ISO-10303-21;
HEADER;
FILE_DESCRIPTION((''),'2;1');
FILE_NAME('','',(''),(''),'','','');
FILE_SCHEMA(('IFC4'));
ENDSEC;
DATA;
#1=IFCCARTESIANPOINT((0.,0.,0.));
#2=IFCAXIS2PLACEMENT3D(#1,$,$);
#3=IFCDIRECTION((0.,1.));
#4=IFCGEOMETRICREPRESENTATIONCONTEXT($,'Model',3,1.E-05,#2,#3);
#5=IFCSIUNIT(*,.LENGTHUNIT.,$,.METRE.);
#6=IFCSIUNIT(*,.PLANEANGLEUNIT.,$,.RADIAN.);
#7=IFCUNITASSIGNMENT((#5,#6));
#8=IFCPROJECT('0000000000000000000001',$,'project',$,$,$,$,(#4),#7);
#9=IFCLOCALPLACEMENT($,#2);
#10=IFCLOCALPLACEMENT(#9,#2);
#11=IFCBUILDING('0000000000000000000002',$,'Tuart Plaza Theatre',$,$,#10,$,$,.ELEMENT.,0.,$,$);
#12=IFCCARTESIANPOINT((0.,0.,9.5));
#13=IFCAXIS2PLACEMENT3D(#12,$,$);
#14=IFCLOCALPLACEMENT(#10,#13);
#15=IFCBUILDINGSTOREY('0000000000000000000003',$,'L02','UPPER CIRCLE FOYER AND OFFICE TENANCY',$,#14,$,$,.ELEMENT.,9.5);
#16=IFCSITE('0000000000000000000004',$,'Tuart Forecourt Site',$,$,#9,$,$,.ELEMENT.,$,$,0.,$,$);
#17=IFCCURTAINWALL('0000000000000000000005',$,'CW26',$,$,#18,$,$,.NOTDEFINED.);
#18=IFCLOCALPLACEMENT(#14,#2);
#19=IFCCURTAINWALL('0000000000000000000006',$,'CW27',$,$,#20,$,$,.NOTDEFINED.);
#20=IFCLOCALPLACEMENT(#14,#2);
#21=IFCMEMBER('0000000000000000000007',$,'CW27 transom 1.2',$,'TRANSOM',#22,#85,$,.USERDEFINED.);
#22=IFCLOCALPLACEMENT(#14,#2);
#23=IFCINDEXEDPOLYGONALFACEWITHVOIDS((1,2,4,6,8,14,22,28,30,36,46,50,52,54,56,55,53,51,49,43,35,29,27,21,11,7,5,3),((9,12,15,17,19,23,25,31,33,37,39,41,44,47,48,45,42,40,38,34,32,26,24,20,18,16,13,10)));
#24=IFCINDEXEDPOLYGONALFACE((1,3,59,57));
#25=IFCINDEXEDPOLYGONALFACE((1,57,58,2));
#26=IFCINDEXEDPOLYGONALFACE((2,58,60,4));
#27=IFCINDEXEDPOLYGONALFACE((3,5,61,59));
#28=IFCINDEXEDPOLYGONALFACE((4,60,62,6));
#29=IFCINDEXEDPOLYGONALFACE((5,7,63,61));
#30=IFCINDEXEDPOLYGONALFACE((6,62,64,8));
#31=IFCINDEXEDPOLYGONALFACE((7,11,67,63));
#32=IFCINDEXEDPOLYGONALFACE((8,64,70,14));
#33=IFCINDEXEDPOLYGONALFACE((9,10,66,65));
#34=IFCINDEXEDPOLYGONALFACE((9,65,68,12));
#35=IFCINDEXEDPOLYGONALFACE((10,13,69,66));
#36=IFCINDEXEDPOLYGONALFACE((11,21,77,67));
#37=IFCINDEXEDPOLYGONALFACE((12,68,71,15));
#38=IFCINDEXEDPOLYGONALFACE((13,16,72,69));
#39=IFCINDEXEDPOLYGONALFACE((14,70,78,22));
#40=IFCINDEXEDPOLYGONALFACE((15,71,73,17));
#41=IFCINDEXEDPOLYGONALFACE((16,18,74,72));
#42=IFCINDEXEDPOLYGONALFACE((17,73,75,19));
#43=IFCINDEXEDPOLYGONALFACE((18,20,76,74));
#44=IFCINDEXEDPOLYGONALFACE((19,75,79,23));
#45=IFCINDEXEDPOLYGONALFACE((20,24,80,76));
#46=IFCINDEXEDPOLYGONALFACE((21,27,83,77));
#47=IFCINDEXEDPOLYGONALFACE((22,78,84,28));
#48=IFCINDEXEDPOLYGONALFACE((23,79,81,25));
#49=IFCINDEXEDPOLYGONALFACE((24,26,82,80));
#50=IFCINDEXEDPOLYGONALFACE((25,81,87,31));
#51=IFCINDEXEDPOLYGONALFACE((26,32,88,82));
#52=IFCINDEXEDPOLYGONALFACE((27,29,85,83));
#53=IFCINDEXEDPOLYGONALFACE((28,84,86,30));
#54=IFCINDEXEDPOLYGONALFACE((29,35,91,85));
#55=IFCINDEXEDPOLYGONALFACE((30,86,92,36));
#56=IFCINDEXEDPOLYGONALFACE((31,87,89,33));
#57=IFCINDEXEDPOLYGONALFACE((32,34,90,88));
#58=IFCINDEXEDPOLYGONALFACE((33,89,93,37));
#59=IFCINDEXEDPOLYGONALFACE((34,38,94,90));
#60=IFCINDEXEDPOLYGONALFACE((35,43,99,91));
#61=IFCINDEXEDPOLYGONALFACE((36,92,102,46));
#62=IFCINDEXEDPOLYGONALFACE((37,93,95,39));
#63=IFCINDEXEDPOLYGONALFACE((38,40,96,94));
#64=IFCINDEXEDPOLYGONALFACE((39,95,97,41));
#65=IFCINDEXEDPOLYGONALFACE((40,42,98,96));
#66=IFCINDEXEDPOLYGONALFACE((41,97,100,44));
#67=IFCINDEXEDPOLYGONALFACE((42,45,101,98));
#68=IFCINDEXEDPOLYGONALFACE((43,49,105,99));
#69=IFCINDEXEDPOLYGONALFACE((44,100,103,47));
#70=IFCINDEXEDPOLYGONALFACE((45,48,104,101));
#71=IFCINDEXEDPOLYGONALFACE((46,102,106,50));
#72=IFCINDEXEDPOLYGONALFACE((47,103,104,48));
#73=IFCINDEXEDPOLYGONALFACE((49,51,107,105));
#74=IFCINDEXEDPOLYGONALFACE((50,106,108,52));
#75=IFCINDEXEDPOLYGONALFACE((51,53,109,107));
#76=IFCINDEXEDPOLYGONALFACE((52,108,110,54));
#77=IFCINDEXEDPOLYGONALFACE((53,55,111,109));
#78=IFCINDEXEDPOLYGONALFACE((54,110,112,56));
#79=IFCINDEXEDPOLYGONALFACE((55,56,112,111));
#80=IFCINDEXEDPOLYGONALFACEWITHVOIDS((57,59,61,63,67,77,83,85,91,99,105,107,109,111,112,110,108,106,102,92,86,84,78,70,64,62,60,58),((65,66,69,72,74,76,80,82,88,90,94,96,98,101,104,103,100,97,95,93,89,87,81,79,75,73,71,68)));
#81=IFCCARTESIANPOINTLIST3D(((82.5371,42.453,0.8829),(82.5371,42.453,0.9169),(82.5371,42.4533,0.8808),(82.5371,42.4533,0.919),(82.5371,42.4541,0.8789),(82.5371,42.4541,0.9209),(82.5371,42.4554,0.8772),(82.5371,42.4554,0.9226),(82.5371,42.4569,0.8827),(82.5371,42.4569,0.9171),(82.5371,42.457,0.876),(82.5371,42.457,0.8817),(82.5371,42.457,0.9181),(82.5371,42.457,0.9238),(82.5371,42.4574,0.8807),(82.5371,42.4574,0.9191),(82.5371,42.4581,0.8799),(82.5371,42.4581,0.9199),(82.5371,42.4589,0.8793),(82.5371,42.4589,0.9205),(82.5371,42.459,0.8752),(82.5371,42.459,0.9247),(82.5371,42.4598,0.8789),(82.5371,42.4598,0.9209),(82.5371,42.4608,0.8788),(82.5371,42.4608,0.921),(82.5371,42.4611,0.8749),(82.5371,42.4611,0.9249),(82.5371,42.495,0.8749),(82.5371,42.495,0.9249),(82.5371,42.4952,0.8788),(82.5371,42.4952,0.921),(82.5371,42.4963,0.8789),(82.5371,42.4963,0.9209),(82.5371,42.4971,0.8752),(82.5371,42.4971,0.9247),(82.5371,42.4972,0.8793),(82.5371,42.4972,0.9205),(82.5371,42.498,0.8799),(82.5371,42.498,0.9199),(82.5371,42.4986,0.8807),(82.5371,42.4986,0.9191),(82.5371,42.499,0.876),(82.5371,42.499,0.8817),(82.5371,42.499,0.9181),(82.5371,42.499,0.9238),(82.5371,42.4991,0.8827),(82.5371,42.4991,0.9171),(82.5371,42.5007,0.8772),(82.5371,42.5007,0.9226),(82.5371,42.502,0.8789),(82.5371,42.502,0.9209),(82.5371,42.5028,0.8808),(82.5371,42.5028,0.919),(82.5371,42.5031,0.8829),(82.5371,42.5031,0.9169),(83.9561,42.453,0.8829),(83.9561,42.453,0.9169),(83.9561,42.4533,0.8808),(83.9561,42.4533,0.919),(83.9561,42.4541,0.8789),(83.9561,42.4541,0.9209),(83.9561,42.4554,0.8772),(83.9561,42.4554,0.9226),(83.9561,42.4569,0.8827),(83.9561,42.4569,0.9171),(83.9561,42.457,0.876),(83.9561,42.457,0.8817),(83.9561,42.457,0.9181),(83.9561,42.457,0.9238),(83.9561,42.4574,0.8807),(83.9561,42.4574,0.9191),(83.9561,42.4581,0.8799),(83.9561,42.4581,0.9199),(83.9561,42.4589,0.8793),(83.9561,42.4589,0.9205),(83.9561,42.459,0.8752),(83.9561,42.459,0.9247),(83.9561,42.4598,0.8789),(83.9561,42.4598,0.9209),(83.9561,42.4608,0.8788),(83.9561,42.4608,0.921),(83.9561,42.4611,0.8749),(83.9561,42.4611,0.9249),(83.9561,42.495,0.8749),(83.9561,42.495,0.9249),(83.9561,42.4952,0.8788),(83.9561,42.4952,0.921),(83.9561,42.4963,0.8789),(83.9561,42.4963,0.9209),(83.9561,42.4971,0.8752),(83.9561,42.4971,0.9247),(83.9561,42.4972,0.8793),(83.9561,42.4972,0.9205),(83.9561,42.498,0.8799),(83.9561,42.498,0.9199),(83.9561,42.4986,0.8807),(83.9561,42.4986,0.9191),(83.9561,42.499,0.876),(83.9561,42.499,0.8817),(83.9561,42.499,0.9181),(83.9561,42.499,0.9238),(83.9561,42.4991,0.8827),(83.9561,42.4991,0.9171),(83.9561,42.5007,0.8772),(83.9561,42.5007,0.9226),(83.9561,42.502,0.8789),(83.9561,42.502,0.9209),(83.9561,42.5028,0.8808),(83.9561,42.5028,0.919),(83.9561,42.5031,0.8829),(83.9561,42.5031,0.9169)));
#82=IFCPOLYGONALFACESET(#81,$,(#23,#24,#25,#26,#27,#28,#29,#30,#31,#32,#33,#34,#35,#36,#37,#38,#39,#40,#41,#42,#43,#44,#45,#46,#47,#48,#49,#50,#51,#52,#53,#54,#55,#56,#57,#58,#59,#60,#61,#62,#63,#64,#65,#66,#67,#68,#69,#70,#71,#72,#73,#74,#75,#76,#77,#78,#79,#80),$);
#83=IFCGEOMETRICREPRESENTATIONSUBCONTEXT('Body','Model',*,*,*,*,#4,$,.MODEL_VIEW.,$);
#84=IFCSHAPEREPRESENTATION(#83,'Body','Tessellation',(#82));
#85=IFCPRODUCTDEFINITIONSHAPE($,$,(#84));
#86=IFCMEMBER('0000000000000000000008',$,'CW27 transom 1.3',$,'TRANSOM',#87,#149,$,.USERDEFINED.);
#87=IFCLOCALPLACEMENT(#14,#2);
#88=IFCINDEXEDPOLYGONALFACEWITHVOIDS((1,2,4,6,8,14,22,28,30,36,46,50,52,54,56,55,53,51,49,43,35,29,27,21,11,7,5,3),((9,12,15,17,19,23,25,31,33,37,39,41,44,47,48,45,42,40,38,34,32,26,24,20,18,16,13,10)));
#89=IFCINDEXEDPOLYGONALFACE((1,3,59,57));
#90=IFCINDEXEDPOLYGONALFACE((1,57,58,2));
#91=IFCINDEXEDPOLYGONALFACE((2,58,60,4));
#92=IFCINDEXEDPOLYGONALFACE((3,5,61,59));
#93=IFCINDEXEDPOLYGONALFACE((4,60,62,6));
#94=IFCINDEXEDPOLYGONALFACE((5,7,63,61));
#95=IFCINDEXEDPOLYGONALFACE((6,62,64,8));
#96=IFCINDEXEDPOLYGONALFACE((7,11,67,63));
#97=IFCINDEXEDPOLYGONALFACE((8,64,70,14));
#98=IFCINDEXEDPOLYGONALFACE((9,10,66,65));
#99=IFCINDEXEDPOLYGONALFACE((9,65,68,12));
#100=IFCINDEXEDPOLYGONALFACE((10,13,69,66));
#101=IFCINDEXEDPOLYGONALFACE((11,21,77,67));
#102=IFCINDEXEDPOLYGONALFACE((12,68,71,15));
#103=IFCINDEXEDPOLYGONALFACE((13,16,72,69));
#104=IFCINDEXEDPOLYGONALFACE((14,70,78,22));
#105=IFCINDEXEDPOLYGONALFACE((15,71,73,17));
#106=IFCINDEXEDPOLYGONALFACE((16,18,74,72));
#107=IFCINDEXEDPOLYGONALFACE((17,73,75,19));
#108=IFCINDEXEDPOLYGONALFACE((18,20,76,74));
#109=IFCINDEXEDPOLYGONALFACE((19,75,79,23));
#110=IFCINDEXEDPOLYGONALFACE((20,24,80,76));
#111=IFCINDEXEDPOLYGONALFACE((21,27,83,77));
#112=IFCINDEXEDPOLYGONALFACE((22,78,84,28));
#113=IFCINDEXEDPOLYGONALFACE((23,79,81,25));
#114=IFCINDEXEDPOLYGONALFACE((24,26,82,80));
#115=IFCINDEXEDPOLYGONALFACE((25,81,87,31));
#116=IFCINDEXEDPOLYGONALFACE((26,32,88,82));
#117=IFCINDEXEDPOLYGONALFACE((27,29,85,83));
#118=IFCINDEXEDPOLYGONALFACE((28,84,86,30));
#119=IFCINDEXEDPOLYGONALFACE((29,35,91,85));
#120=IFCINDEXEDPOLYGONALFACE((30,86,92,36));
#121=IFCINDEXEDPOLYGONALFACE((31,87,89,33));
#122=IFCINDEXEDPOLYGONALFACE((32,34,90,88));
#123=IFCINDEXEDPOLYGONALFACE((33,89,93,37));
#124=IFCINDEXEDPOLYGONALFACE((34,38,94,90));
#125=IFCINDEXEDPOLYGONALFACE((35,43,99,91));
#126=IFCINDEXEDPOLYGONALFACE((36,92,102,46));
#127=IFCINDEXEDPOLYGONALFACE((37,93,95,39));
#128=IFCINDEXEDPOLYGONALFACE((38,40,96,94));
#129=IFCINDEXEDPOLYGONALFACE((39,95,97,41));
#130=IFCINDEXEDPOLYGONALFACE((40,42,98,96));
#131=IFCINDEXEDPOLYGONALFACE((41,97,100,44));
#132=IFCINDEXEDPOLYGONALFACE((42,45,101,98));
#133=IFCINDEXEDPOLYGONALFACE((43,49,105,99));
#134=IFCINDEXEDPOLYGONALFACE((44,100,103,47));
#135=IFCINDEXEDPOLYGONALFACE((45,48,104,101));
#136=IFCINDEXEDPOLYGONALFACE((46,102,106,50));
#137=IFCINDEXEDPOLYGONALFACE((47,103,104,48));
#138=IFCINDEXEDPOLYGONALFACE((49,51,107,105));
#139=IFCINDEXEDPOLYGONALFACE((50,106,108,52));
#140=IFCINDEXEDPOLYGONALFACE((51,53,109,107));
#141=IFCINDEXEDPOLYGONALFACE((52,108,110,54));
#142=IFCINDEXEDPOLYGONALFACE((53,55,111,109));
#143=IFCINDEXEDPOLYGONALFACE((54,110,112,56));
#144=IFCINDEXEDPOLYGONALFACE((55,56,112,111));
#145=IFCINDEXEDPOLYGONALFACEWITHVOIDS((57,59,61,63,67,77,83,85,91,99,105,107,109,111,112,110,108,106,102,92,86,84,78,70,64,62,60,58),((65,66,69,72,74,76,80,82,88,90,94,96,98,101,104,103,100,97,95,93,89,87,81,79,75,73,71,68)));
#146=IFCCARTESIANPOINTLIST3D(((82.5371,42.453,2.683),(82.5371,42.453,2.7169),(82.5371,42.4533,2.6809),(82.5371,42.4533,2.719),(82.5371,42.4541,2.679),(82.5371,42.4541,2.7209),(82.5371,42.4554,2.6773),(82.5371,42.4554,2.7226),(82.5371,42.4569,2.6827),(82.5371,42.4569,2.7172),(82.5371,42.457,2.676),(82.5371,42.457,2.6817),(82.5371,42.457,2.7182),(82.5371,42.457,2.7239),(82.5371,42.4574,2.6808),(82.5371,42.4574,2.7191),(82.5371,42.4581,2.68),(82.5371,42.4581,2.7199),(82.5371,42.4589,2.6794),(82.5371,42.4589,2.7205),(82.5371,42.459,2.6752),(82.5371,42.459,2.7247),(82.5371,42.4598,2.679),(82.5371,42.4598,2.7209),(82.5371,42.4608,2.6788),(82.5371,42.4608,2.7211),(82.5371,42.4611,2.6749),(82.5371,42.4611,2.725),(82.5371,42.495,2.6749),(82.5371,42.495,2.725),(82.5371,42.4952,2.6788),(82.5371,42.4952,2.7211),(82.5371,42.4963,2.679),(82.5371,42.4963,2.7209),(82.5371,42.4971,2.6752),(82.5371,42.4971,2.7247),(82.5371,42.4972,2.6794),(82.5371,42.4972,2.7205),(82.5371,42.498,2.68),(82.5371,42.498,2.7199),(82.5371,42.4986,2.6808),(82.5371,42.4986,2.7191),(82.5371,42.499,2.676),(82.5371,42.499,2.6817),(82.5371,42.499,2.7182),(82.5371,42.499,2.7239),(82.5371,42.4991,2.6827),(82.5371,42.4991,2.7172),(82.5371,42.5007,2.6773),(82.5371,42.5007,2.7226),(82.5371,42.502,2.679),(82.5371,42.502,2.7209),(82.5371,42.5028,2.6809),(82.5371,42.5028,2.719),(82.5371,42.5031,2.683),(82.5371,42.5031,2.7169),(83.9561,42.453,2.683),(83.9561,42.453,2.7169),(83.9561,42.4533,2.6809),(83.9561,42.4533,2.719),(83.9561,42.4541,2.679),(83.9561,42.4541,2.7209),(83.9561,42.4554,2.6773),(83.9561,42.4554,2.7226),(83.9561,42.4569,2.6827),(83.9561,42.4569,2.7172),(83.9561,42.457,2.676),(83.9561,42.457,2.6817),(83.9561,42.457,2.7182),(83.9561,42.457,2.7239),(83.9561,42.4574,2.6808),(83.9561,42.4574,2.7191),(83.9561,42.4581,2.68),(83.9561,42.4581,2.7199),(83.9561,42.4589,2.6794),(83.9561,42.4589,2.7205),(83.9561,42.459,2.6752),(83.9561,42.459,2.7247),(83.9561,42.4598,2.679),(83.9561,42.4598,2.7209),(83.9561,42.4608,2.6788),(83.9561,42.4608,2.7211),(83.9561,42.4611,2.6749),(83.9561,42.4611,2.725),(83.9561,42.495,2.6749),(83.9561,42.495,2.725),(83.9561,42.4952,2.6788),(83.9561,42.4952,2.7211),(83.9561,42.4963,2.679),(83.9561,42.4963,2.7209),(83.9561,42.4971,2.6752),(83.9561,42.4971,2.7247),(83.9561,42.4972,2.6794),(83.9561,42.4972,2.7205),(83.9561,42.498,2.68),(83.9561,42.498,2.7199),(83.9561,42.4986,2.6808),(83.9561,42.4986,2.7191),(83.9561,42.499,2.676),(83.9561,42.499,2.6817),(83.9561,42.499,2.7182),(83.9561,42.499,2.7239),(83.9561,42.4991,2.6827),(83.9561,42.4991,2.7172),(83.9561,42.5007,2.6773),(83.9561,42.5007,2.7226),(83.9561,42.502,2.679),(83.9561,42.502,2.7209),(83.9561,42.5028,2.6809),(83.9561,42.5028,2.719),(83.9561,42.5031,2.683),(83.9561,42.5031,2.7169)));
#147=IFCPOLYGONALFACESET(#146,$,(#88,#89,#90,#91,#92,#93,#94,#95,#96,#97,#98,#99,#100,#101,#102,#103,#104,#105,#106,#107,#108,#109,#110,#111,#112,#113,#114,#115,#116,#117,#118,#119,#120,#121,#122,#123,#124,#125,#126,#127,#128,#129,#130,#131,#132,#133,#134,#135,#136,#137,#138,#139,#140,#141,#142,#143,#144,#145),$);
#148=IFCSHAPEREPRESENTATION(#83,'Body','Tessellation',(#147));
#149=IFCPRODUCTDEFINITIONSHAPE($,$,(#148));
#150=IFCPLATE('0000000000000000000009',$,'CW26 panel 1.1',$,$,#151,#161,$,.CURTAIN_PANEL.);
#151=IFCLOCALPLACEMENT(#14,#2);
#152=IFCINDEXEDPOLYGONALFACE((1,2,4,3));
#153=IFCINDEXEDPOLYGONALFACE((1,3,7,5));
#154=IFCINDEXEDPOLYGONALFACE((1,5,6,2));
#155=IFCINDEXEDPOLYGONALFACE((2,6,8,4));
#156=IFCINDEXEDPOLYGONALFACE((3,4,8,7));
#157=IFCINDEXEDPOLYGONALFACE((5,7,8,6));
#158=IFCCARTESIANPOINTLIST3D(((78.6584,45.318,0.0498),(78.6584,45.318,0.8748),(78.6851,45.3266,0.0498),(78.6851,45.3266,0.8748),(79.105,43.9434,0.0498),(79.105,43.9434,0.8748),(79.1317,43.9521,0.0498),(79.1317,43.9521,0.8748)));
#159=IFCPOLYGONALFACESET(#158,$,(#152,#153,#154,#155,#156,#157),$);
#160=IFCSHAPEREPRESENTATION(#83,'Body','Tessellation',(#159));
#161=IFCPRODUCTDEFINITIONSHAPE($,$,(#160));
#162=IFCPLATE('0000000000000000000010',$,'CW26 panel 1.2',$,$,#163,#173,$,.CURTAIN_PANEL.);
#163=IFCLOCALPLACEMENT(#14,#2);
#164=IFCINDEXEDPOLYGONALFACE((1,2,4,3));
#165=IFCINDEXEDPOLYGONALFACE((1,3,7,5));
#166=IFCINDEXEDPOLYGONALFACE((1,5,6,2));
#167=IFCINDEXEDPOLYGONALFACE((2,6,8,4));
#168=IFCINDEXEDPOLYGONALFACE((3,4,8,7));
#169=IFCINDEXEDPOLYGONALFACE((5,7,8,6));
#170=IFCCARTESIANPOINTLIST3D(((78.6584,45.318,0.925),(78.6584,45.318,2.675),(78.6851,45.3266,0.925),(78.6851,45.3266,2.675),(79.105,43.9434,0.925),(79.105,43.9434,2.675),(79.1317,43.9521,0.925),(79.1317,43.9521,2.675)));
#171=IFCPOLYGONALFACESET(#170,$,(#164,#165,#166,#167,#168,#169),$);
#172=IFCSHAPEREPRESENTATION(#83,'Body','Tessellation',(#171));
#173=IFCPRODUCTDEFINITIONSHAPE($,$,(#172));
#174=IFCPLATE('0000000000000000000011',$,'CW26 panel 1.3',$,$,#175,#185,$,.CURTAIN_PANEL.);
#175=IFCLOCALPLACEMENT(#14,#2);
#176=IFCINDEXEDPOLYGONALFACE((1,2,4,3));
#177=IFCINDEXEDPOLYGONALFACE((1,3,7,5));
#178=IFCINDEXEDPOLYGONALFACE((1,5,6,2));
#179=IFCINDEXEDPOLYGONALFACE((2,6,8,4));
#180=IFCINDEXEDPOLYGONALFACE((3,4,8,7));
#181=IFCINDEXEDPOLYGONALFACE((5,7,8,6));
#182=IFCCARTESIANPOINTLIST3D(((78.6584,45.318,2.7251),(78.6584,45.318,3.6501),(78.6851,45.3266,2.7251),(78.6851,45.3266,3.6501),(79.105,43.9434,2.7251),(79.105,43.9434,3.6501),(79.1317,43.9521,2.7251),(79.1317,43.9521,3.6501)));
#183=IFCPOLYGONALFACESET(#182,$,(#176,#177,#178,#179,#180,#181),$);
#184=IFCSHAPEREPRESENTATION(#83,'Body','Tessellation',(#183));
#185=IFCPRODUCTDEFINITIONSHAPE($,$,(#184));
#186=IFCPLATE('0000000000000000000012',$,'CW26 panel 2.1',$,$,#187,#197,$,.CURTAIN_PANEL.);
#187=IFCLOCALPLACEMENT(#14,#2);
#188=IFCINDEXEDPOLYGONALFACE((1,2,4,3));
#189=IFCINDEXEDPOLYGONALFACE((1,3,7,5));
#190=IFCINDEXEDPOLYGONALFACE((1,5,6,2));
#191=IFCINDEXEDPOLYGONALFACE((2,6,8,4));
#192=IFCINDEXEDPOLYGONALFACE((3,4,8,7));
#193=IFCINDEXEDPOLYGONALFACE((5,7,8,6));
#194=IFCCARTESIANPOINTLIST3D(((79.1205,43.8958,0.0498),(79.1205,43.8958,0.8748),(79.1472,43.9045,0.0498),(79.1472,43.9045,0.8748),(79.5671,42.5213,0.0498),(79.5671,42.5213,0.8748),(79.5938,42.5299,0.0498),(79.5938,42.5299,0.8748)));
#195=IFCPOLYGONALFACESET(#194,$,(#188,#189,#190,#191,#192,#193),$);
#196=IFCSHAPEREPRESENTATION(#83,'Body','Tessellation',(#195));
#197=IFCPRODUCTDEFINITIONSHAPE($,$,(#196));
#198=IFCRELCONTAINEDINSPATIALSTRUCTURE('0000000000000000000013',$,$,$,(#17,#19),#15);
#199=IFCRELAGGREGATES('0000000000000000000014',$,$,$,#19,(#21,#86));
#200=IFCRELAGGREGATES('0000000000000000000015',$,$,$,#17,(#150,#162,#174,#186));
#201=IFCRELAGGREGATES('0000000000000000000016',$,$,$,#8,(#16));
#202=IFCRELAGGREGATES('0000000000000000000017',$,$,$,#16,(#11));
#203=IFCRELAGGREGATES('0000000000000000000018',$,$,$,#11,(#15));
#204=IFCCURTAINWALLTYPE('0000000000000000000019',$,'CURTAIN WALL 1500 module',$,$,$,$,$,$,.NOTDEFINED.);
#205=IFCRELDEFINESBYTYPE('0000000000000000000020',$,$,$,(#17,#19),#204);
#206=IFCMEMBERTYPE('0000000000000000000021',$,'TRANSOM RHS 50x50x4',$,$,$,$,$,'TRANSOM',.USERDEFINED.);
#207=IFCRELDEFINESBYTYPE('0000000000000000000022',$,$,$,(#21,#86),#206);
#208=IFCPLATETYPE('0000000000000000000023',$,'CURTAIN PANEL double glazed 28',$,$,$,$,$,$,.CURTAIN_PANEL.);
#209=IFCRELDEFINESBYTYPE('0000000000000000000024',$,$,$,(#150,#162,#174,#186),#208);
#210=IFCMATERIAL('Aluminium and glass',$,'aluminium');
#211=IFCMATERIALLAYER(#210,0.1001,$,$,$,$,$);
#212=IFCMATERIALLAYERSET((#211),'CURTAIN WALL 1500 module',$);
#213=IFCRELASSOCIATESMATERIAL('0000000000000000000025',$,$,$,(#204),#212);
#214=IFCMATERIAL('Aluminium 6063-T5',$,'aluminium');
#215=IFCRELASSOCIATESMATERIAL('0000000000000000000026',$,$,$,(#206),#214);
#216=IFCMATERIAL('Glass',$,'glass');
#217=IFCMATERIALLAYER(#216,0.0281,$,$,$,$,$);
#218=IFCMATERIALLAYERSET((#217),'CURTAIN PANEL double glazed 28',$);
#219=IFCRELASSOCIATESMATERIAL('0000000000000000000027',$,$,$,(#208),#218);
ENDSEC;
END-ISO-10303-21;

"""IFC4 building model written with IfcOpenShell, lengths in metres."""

from ifc_helpers import new_model, si_unit, direction, frame, origin, origin_2d, place, context, subcontext, project, spatial, rectangle, hollow_rectangle, extrude, material, layer, layer_set, material_profile, profile_set, type_object, element, aggregate, save


model = new_model("IFC4")

# Units and contexts
model_context = context("Model", 3, precision=1e-05, world=origin(), true_north=direction((0.0, 1.0)))
body_context = subcontext(model_context, "Body", "Model", "MODEL_VIEW")
ifc_project = project(units=[si_unit("LENGTHUNIT", "METRE"), si_unit("PLANEANGLEUNIT", "RADIAN")], contexts=[model_context])

# Site, building, storey
site_placement = place(None, origin())
site = spatial("IfcSite", under=ifc_project, at=site_placement, Name="Tuart Forecourt Site", CompositionType="ELEMENT", RefElevation=0.0)
building_placement = place(site_placement, origin())
building = spatial("IfcBuilding", under=site, at=building_placement, Name="Tuart Plaza Theatre", CompositionType="ELEMENT", ElevationOfRefHeight=0.0)
storey_placement = place(building_placement, frame((0.0, 0.0, 9.5)))
storey = spatial("IfcBuildingStorey", under=building, at=storey_placement, Name="L02", Description="UPPER CIRCLE FOYER AND OFFICE TENANCY", CompositionType="ELEMENT", Elevation=9.5)

# Curtain walls, members
ifc_material_1 = material(Name="Aluminium and glass", Category="aluminium")
ifc_layer_1 = layer(ifc_material_1, 0.1001)
ifc_layer_set_1 = layer_set([ifc_layer_1], Name="CURTAIN WALL 1500 module")
curtain_wall_type = type_object("IfcCurtainWallType", Name="CURTAIN WALL 1500 module", PredefinedType="NOTDEFINED", material=ifc_layer_set_1)
curtain_wall_1_placement = place(storey_placement, origin())
curtain_wall_1 = element("IfcCurtainWall", 1, at=curtain_wall_1_placement, inside=storey, type_object=curtain_wall_type, Name="CW26", PredefinedType="NOTDEFINED")
ifc_material_2 = material(Name="Aluminium 6063-T5", Category="aluminium")
ifc_material_profile_1 = material_profile(ifc_material_2, hollow_rectangle(XDim=0.05, YDim=0.05, WallThickness=0.0039, InnerFilletRadius=0.0039, OuterFilletRadius=0.0081, at=origin_2d()), Name="RHS 50x50x4")
ifc_profile_set_1 = profile_set([ifc_material_profile_1], Name="Aluminium 6063-T5")
member_type_1 = type_object("IfcMemberType", Name="TRANSOM RHS 50x50x4", ElementType="TRANSOM", PredefinedType="USERDEFINED", material=ifc_profile_set_1)
curtain_wall_2_placement = place(storey_placement, origin())
curtain_wall_2 = element("IfcCurtainWall", 2, at=curtain_wall_2_placement, inside=storey, type_object=curtain_wall_type, Name="CW27", PredefinedType="NOTDEFINED")
member_1_placement = place(storey_placement, frame((82.5371, 42.478, 0.8999), z_axis=(1.0, 0.0, 0.0), x_axis=(0.0, 1.0, 0.0)))
member_1 = element("IfcMember", 3, at=member_1_placement, type_object=member_type_1, Name="CW27 transom 1.2", ObjectType="TRANSOM", PredefinedType="USERDEFINED", context=body_context, shape_type="SweptSolid", body=[
    extrude(hollow_rectangle(XDim=0.05, YDim=0.05, WallThickness=0.0039, InnerFilletRadius=0.0039, OuterFilletRadius=0.0081, at=origin_2d()), origin(), (0.0, 0.0, 1.0), 1.4189),
])
member_2_placement = place(storey_placement, frame((82.5371, 42.478, 2.7), z_axis=(1.0, 0.0, 0.0), x_axis=(0.0, 1.0, 0.0)))
member_2 = element("IfcMember", 4, at=member_2_placement, type_object=member_type_1, Name="CW27 transom 1.3", ObjectType="TRANSOM", PredefinedType="USERDEFINED", context=body_context, shape_type="SweptSolid", body=[
    extrude(hollow_rectangle(XDim=0.05, YDim=0.05, WallThickness=0.0039, InnerFilletRadius=0.0039, OuterFilletRadius=0.0081, at=origin_2d()), origin(), (0.0, 0.0, 1.0), 1.4189),
])
aggregate(curtain_wall_2, [member_1, member_2])

# Plates
ifc_material_3 = material(Name="Glass", Category="glass")
ifc_layer_2 = layer(ifc_material_3, 0.0281)
ifc_layer_set_2 = layer_set([ifc_layer_2], Name="CURTAIN PANEL double glazed 28")
plate_type = type_object("IfcPlateType", Name="CURTAIN PANEL double glazed 28", PredefinedType="CURTAIN_PANEL", material=ifc_layer_set_2)
plate_1_placement = place(storey_placement, frame((78.895, 44.635, 0.0498), z_axis=(0.0, 0.0, 1.0), x_axis=(0.309018, -0.951056, 0.0)))
plate_1 = element("IfcPlate", 5, at=plate_1_placement, type_object=plate_type, Name="CW26 panel 1.1", PredefinedType="CURTAIN_PANEL", context=body_context, shape_type="SweptSolid", body=[
    extrude(rectangle(XDim=1.4453, YDim=0.0281, at=origin_2d()), origin(), (0.0, 0.0, 1.0), 0.825),
])
plate_2_placement = place(storey_placement, frame((78.895, 44.635, 0.925), z_axis=(0.0, 0.0, 1.0), x_axis=(0.309018, -0.951056, 0.0)))
plate_2 = element("IfcPlate", 6, at=plate_2_placement, type_object=plate_type, Name="CW26 panel 1.2", PredefinedType="CURTAIN_PANEL", context=body_context, shape_type="SweptSolid", body=[
    extrude(rectangle(XDim=1.4453, YDim=0.0281, at=origin_2d()), origin(), (0.0, 0.0, 1.0), 1.75),
])
plate_3_placement = place(storey_placement, frame((78.895, 44.635, 2.7251), z_axis=(0.0, 0.0, 1.0), x_axis=(0.309018, -0.951056, 0.0)))
plate_3 = element("IfcPlate", 7, at=plate_3_placement, type_object=plate_type, Name="CW26 panel 1.3", PredefinedType="CURTAIN_PANEL", context=body_context, shape_type="SweptSolid", body=[
    extrude(rectangle(XDim=1.4453, YDim=0.0281, at=origin_2d()), origin(), (0.0, 0.0, 1.0), 0.925),
])
plate_4_placement = place(storey_placement, frame((79.3572, 43.2129, 0.0498), z_axis=(0.0, 0.0, 1.0), x_axis=(0.309018, -0.951056, 0.0)))
plate_4 = element("IfcPlate", 8, at=plate_4_placement, type_object=plate_type, Name="CW26 panel 2.1", PredefinedType="CURTAIN_PANEL", context=body_context, shape_type="SweptSolid", body=[
    extrude(rectangle(XDim=1.4453, YDim=0.0281, at=origin_2d()), origin(), (0.0, 0.0, 1.0), 0.825),
])
aggregate(curtain_wall_1, [plate_1, plate_2, plate_3, plate_4])

save(model, "model.ifc")
